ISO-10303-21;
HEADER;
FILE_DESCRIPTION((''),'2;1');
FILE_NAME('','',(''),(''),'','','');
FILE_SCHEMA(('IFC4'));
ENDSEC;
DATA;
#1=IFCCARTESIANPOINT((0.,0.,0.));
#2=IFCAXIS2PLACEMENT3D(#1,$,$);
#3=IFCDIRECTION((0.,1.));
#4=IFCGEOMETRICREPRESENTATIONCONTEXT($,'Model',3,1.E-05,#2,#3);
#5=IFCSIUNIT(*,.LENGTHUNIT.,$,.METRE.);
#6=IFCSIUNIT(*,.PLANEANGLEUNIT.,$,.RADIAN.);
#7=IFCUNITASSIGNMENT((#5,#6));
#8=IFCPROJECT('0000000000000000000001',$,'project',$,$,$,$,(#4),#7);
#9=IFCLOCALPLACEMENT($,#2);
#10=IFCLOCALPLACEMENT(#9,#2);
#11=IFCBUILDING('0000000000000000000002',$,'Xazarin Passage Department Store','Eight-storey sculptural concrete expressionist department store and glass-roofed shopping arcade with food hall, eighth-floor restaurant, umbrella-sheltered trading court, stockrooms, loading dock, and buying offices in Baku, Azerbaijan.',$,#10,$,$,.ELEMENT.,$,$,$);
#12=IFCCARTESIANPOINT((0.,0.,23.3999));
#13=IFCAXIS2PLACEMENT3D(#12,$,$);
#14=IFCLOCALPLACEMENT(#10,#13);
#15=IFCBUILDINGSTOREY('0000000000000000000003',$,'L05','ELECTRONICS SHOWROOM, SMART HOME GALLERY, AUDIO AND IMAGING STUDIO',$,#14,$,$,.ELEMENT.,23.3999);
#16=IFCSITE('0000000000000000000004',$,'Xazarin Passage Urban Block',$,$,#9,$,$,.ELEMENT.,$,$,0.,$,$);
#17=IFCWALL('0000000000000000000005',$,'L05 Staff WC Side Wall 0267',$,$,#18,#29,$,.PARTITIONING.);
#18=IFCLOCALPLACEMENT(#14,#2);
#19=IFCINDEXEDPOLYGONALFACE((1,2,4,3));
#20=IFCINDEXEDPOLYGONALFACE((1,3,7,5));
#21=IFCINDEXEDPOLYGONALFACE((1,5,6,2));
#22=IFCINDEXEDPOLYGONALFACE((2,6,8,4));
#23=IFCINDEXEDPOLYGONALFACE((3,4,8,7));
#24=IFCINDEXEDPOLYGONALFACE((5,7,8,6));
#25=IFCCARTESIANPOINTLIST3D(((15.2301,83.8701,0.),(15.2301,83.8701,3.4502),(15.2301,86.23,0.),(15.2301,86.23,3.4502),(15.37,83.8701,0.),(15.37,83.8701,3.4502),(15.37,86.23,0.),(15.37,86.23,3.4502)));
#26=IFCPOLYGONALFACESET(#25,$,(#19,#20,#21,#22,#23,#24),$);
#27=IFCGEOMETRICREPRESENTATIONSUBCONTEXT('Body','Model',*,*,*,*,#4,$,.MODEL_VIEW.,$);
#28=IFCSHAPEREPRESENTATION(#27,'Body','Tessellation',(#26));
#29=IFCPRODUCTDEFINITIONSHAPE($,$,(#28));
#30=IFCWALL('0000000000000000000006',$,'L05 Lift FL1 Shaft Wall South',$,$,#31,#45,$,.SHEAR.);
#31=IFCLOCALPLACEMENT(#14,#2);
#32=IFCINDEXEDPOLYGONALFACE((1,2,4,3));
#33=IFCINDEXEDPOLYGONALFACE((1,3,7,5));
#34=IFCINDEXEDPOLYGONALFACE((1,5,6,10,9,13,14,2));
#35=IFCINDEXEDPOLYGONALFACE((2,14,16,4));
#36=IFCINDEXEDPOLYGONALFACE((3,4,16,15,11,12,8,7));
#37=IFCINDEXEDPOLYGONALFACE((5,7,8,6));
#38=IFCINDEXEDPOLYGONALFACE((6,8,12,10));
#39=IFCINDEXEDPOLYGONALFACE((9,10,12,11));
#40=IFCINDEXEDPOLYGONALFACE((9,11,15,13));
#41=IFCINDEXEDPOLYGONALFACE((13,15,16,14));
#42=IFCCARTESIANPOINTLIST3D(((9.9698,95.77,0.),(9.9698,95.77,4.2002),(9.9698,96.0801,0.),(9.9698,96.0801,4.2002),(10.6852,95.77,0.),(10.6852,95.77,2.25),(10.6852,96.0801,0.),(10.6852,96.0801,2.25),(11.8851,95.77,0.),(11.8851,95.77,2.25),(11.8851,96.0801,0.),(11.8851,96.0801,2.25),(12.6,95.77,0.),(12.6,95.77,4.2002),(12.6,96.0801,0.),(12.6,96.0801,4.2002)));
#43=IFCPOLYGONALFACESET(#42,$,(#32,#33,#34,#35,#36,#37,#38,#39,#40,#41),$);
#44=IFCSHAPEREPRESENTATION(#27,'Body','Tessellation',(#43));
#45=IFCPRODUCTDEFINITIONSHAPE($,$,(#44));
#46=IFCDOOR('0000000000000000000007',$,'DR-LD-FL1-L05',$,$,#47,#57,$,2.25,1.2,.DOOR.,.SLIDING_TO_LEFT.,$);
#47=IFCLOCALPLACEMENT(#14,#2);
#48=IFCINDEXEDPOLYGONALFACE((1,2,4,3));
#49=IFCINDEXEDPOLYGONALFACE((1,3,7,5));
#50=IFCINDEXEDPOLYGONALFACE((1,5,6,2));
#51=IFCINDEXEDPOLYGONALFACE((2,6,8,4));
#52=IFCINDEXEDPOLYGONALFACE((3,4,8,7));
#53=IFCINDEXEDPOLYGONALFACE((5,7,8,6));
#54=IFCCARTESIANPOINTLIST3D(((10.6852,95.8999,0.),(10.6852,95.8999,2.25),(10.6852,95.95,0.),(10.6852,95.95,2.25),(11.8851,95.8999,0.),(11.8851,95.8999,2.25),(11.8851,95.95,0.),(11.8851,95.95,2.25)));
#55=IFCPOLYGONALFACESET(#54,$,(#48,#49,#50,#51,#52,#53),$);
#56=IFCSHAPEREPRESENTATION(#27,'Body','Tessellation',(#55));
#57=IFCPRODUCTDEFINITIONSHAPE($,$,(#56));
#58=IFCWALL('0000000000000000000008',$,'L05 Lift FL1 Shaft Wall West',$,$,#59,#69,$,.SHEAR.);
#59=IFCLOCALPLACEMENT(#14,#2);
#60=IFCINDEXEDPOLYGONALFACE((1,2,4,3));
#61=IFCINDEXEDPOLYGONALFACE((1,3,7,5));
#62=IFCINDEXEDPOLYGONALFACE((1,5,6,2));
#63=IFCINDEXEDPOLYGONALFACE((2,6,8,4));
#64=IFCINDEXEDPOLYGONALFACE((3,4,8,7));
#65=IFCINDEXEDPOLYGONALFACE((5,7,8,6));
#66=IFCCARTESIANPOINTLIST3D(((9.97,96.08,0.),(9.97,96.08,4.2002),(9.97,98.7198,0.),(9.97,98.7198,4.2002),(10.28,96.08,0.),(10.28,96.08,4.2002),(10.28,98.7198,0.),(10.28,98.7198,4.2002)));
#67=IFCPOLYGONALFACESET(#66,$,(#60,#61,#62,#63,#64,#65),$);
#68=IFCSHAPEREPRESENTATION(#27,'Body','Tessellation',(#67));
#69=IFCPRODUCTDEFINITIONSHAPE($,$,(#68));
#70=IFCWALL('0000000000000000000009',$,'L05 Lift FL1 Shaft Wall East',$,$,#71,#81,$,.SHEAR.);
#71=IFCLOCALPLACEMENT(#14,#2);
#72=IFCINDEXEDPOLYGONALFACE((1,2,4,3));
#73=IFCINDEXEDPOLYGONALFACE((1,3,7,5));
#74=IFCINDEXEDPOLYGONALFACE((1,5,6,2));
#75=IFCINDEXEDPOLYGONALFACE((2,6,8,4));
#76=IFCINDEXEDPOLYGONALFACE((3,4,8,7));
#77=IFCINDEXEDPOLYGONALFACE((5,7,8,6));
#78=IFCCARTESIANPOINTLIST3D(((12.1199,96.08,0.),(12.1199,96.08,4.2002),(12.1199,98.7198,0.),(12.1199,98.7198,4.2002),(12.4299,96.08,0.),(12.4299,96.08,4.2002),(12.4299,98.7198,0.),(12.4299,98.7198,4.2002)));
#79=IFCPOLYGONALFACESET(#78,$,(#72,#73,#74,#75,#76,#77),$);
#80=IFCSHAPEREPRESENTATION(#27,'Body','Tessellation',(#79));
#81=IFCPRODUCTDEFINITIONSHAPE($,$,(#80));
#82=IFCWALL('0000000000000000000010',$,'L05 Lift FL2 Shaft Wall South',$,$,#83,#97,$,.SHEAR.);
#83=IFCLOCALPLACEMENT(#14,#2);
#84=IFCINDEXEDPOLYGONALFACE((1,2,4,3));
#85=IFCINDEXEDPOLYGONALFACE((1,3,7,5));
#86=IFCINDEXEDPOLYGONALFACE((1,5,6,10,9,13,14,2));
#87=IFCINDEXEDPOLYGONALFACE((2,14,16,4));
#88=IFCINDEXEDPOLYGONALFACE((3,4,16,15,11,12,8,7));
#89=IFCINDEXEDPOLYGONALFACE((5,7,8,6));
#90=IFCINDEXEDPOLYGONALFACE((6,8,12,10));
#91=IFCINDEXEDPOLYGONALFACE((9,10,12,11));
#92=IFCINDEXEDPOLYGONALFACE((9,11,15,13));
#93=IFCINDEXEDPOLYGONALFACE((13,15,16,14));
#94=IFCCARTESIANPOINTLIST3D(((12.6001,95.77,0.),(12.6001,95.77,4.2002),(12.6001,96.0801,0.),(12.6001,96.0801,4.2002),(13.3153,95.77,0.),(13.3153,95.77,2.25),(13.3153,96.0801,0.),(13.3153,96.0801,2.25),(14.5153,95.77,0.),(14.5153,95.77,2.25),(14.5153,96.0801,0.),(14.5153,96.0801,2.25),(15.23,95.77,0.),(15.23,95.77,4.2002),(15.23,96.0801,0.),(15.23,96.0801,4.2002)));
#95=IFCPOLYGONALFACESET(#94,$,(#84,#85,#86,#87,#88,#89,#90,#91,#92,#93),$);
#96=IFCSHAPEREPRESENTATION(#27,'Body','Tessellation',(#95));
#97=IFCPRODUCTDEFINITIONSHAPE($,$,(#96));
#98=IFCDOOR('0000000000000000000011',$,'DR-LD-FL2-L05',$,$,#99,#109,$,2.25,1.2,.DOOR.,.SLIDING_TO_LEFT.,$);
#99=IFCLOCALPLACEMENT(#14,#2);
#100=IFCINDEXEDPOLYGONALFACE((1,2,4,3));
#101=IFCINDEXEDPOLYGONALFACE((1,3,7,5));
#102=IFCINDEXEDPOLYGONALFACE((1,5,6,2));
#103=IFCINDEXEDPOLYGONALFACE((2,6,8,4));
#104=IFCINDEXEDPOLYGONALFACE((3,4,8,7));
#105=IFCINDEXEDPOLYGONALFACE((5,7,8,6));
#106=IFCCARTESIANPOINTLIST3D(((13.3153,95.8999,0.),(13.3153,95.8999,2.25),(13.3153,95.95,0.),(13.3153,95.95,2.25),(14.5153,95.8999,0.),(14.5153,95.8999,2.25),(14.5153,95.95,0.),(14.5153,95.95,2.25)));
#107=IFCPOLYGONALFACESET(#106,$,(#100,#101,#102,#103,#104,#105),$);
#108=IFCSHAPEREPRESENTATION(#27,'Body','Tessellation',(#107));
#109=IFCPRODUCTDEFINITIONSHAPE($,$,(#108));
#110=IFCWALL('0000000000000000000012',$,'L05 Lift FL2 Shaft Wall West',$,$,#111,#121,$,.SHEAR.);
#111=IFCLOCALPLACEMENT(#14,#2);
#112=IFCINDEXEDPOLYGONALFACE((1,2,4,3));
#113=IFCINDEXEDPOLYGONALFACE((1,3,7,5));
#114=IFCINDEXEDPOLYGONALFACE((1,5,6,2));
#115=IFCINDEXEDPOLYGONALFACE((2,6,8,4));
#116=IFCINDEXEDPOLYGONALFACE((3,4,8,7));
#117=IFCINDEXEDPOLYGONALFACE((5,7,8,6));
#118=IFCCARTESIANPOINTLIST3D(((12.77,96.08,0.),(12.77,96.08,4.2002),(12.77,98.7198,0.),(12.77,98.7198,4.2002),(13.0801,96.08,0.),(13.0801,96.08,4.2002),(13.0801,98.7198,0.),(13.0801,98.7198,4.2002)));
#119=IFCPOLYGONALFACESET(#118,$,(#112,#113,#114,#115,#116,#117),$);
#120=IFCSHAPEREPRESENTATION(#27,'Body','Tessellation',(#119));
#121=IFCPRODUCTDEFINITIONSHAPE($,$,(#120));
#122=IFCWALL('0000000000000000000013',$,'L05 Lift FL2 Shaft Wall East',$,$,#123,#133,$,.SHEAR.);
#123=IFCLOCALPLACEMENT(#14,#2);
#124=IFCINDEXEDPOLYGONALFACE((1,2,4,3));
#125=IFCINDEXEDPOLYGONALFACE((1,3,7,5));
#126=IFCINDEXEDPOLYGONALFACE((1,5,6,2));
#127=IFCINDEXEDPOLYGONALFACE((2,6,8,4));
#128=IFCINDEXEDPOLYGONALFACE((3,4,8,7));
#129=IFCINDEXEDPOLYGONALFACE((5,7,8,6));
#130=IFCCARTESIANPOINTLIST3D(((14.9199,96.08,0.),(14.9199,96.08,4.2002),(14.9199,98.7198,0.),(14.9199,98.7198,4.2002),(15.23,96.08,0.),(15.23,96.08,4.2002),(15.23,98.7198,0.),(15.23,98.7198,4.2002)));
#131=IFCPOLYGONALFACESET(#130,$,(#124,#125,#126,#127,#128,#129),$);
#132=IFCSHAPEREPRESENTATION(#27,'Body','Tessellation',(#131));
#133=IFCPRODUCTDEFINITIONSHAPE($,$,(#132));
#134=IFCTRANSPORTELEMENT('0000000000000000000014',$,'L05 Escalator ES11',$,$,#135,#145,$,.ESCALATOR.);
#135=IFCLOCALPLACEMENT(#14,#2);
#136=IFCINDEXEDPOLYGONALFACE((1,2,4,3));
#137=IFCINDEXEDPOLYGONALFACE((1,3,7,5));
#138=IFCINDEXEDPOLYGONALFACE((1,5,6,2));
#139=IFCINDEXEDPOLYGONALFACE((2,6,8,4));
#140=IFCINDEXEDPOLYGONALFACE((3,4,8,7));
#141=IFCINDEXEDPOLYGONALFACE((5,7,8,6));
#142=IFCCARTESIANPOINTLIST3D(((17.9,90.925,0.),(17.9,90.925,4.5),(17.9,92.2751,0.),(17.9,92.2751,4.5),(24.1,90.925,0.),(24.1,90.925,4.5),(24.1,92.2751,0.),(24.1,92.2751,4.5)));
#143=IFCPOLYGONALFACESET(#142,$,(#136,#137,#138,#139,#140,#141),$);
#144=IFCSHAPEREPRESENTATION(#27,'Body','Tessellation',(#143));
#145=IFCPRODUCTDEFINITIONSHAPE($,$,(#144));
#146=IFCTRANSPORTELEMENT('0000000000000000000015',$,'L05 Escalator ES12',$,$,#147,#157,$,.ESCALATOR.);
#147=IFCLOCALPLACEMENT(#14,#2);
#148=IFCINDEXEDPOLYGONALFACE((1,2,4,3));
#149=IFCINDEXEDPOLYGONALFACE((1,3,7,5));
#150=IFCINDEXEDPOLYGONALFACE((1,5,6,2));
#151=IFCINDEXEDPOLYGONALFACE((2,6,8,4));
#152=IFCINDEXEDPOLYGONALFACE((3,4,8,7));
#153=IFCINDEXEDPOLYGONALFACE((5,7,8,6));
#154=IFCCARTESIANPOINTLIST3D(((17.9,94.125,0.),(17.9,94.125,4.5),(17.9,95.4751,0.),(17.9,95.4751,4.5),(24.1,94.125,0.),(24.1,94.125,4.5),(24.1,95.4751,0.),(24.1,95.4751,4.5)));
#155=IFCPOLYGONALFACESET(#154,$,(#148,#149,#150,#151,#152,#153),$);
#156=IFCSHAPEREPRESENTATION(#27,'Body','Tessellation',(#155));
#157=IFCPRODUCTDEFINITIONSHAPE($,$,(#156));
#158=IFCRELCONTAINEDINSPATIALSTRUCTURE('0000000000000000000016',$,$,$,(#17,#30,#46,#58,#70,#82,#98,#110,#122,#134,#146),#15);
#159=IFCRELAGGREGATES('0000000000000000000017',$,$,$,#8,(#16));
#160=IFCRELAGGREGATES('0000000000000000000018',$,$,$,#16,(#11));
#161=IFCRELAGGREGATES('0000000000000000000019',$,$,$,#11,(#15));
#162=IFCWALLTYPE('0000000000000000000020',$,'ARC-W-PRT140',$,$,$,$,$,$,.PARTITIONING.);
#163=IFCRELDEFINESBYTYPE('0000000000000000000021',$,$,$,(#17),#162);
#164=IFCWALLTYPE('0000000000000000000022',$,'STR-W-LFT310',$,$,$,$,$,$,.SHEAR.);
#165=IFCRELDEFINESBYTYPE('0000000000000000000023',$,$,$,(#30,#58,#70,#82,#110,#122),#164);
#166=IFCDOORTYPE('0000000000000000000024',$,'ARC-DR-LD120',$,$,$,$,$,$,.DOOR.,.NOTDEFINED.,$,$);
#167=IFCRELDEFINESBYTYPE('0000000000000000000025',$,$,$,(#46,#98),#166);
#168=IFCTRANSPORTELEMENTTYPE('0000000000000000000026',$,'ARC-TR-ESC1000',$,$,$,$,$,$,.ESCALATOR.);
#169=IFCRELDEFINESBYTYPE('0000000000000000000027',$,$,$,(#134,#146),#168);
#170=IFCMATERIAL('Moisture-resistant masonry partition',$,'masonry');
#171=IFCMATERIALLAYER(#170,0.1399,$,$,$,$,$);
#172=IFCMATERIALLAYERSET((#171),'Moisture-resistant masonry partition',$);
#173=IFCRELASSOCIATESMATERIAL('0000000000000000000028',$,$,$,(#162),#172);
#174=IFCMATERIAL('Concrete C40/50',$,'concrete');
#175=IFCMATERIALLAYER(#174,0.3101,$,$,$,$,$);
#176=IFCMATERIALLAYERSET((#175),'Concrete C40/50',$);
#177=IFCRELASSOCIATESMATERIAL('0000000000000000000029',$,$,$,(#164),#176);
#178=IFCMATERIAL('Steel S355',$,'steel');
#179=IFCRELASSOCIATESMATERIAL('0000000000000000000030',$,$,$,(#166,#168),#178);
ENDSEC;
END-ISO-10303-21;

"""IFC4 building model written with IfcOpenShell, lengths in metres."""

from ifc_helpers import new_model, si_unit, direction, frame, frame_2d, origin, origin_2d, place, context, subcontext, project, spatial, rectangle, extrude, material, layer, layer_set, type_object, element, fill, save


model = new_model("IFC4")

# Units and contexts
model_context = context("Model", 3, precision=1e-05, world=origin(), true_north=direction((0.0, 1.0)))
body_context = subcontext(model_context, "Body", "Model", "MODEL_VIEW")
ifc_project = project(units=[si_unit("LENGTHUNIT", "METRE"), si_unit("PLANEANGLEUNIT", "RADIAN")], contexts=[model_context])

# Site, building, storey
site_placement = place(None, origin())
site = spatial("IfcSite", under=ifc_project, at=site_placement, Name="Xazarin Passage Urban Block", CompositionType="ELEMENT", RefElevation=0.0)
building_placement = place(site_placement, origin())
building = spatial("IfcBuilding", under=site, at=building_placement, Name="Xazarin Passage Department Store", Description="Eight-storey sculptural concrete expressionist department store and glass-roofed shopping arcade with food hall, eighth-floor restaurant, umbrella-sheltered trading court, stockrooms, loading dock, and buying offices in Baku, Azerbaijan.", CompositionType="ELEMENT")
storey_placement = place(building_placement, frame((0.0, 0.0, 23.3999)))
storey = spatial("IfcBuildingStorey", under=building, at=storey_placement, Name="L05", Description="ELECTRONICS SHOWROOM, SMART HOME GALLERY, AUDIO AND IMAGING STUDIO", CompositionType="ELEMENT", Elevation=23.3999)

# Shared definitions
ifc_material_1 = material(Name="Concrete C40/50", Category="concrete")

# Shared definitions
ifc_material_2 = material(Name="Moisture-resistant masonry partition", Category="masonry")
ifc_layer_1 = layer(ifc_material_2, 0.1399)
ifc_layer_set_1 = layer_set([ifc_layer_1], Name="Moisture-resistant masonry partition")
wall_type_1 = type_object("IfcWallType", Name="ARC-W-PRT140", PredefinedType="PARTITIONING", material=ifc_layer_set_1)

# Wall
for number, where, z_axis, x_axis, name in (
    (1, (15.3, 83.8701, 0.0), (0.0, 0.0, 1.0), (0.0, 1.0, 0.0), "L05 Staff WC Side Wall 0267"),
):
    element("IfcWall", number, at=place(storey_placement, frame(where, z_axis=z_axis, x_axis=x_axis)), inside=storey, type_object=wall_type_1, Name=name, PredefinedType="PARTITIONING", context=body_context, shape_type="SweptSolid", body=[
        extrude(rectangle(XDim=2.3599, YDim=0.1399, at=frame_2d((1.1799, 0.0))), origin(), (0.0, 0.0, 1.0), 3.4502),
    ])

# Wall, opening, door
ifc_layer_2 = layer(ifc_material_1, 0.3101)
ifc_layer_set_2 = layer_set([ifc_layer_2], Name="Concrete C40/50")
wall_type_2 = type_object("IfcWallType", Name="STR-W-LFT310", PredefinedType="SHEAR", material=ifc_layer_set_2)
wall_1_placement = place(storey_placement, frame((9.97, 95.925, 0.0), z_axis=(0.0, 0.0, 1.0), x_axis=(1.0, 0.0, 0.0)))
wall_1 = element("IfcWall", 2, at=wall_1_placement, inside=storey, type_object=wall_type_2, Name="L05 Lift FL1 Shaft Wall South", PredefinedType="SHEAR", context=body_context, shape_type="SweptSolid", body=[
    extrude(rectangle(XDim=2.6301, YDim=0.3101, at=frame_2d((1.3149, 0.0))), origin(), (0.0, 0.0, 1.0), 4.2002),
])
opening_1_placement = place(wall_1_placement, frame((0.7151, 0.0, 0.0)))
opening_1 = element("IfcOpeningElement", 3, at=opening_1_placement, cuts=wall_1, PredefinedType="OPENING", context=body_context, shape_type="SweptSolid", body=[
    extrude(rectangle(XDim=1.2, YDim=2.25, at=frame_2d((0.6001, 1.125))), frame((0.0, 0.165, 0.0), z_axis=(0.0, -1.0, 0.0), x_axis=(1.0, 0.0, 0.0)), (0.0, 0.0, 1.0), 0.3301),
])
ifc_material_3 = material(Name="Steel S355", Category="steel")
door_type_1 = type_object("IfcDoorType", Name="ARC-DR-LD120", OperationType="NOTDEFINED", PredefinedType="DOOR", material=ifc_material_3)
door_1_placement = place(opening_1_placement, origin())
door_1 = element("IfcDoor", 4, at=door_1_placement, inside=storey, type_object=door_type_1, Name="DR-LD-FL1-L05", OperationType="SLIDING_TO_LEFT", OverallHeight=2.25, OverallWidth=1.2, PredefinedType="DOOR", context=body_context, shape_type="SweptSolid", body=[
    extrude(rectangle(XDim=1.2, YDim=2.25, at=frame_2d((0.6001, 1.125))), frame((0.0, 0.0249, 0.0), z_axis=(0.0, -1.0, 0.0), x_axis=(1.0, 0.0, 0.0)), (0.0, 0.0, 1.0), 0.05),
])
fill(opening_1, door_1)

# Walls
for number, where, z_axis, x_axis, name in (
    (5, (10.125, 96.0801, 0.0), (0.0, 0.0, 1.0), (0.0, 1.0, 0.0), "L05 Lift FL1 Shaft Wall West"),
    (6, (12.2749, 96.0801, 0.0), (0.0, 0.0, 1.0), (0.0, 1.0, 0.0), "L05 Lift FL1 Shaft Wall East"),
):
    element("IfcWall", number, at=place(storey_placement, frame(where, z_axis=z_axis, x_axis=x_axis)), inside=storey, type_object=wall_type_2, Name=name, PredefinedType="SHEAR", context=body_context, shape_type="SweptSolid", body=[
        extrude(rectangle(XDim=2.6399, YDim=0.3101, at=frame_2d((1.3198, 0.0))), origin(), (0.0, 0.0, 1.0), 4.2002),
    ])

# Wall, opening, door
wall_2_placement = place(storey_placement, frame((12.6001, 95.925, 0.0), z_axis=(0.0, 0.0, 1.0), x_axis=(1.0, 0.0, 0.0)))
wall_2 = element("IfcWall", 7, at=wall_2_placement, inside=storey, type_object=wall_type_2, Name="L05 Lift FL2 Shaft Wall South", PredefinedType="SHEAR", context=body_context, shape_type="SweptSolid", body=[
    extrude(rectangle(XDim=2.6299, YDim=0.3101, at=frame_2d((1.3149, 0.0))), origin(), (0.0, 0.0, 1.0), 4.2002),
])
opening_2_placement = place(wall_2_placement, frame((0.7151, 0.0, 0.0)))
opening_2 = element("IfcOpeningElement", 8, at=opening_2_placement, cuts=wall_2, PredefinedType="OPENING", context=body_context, shape_type="SweptSolid", body=[
    extrude(rectangle(XDim=1.2, YDim=2.25, at=frame_2d((0.6001, 1.125))), frame((0.0, 0.165, 0.0), z_axis=(0.0, -1.0, 0.0), x_axis=(1.0, 0.0, 0.0)), (0.0, 0.0, 1.0), 0.3301),
])
door_2_placement = place(opening_2_placement, origin())
door_2 = element("IfcDoor", 9, at=door_2_placement, inside=storey, type_object=door_type_1, Name="DR-LD-FL2-L05", OperationType="SLIDING_TO_LEFT", OverallHeight=2.25, OverallWidth=1.2, PredefinedType="DOOR", context=body_context, shape_type="SweptSolid", body=[
    extrude(rectangle(XDim=1.2, YDim=2.25, at=frame_2d((0.6001, 1.125))), frame((0.0, 0.0249, 0.0), z_axis=(0.0, -1.0, 0.0), x_axis=(1.0, 0.0, 0.0)), (0.0, 0.0, 1.0), 0.05),
])
fill(opening_2, door_2)

# Walls
for number, where, z_axis, x_axis, name in (
    (10, (12.925, 96.0801, 0.0), (0.0, 0.0, 1.0), (0.0, 1.0, 0.0), "L05 Lift FL2 Shaft Wall West"),
    (11, (15.075, 96.0801, 0.0), (0.0, 0.0, 1.0), (0.0, 1.0, 0.0), "L05 Lift FL2 Shaft Wall East"),
):
    element("IfcWall", number, at=place(storey_placement, frame(where, z_axis=z_axis, x_axis=x_axis)), inside=storey, type_object=wall_type_2, Name=name, PredefinedType="SHEAR", context=body_context, shape_type="SweptSolid", body=[
        extrude(rectangle(XDim=2.6399, YDim=0.3101, at=frame_2d((1.3198, 0.0))), origin(), (0.0, 0.0, 1.0), 4.2002),
    ])

# Transport elements
transport_element_type = type_object("IfcTransportElementType", Name="ARC-TR-ESC1000", PredefinedType="ESCALATOR", material=ifc_material_3)
for number, where, z_axis, x_axis, name in (
    (12, (21.0, 91.6001, 0.0), (0.0, 0.0, 1.0), (1.0, 0.0, 0.0), "L05 Escalator ES11"),
    (13, (21.0, 94.8, 0.0), (0.0, 0.0, 1.0), (1.0, 0.0, 0.0), "L05 Escalator ES12"),
):
    element("IfcTransportElement", number, at=place(storey_placement, frame(where, z_axis=z_axis, x_axis=x_axis)), inside=storey, type_object=transport_element_type, Name=name, PredefinedType="ESCALATOR", context=body_context, shape_type="SweptSolid", body=[
        extrude(rectangle(XDim=6.2, YDim=1.3501, at=origin_2d()), origin(), (0.0, 0.0, 1.0), 4.5),
    ])

save(model, "model.ifc")
